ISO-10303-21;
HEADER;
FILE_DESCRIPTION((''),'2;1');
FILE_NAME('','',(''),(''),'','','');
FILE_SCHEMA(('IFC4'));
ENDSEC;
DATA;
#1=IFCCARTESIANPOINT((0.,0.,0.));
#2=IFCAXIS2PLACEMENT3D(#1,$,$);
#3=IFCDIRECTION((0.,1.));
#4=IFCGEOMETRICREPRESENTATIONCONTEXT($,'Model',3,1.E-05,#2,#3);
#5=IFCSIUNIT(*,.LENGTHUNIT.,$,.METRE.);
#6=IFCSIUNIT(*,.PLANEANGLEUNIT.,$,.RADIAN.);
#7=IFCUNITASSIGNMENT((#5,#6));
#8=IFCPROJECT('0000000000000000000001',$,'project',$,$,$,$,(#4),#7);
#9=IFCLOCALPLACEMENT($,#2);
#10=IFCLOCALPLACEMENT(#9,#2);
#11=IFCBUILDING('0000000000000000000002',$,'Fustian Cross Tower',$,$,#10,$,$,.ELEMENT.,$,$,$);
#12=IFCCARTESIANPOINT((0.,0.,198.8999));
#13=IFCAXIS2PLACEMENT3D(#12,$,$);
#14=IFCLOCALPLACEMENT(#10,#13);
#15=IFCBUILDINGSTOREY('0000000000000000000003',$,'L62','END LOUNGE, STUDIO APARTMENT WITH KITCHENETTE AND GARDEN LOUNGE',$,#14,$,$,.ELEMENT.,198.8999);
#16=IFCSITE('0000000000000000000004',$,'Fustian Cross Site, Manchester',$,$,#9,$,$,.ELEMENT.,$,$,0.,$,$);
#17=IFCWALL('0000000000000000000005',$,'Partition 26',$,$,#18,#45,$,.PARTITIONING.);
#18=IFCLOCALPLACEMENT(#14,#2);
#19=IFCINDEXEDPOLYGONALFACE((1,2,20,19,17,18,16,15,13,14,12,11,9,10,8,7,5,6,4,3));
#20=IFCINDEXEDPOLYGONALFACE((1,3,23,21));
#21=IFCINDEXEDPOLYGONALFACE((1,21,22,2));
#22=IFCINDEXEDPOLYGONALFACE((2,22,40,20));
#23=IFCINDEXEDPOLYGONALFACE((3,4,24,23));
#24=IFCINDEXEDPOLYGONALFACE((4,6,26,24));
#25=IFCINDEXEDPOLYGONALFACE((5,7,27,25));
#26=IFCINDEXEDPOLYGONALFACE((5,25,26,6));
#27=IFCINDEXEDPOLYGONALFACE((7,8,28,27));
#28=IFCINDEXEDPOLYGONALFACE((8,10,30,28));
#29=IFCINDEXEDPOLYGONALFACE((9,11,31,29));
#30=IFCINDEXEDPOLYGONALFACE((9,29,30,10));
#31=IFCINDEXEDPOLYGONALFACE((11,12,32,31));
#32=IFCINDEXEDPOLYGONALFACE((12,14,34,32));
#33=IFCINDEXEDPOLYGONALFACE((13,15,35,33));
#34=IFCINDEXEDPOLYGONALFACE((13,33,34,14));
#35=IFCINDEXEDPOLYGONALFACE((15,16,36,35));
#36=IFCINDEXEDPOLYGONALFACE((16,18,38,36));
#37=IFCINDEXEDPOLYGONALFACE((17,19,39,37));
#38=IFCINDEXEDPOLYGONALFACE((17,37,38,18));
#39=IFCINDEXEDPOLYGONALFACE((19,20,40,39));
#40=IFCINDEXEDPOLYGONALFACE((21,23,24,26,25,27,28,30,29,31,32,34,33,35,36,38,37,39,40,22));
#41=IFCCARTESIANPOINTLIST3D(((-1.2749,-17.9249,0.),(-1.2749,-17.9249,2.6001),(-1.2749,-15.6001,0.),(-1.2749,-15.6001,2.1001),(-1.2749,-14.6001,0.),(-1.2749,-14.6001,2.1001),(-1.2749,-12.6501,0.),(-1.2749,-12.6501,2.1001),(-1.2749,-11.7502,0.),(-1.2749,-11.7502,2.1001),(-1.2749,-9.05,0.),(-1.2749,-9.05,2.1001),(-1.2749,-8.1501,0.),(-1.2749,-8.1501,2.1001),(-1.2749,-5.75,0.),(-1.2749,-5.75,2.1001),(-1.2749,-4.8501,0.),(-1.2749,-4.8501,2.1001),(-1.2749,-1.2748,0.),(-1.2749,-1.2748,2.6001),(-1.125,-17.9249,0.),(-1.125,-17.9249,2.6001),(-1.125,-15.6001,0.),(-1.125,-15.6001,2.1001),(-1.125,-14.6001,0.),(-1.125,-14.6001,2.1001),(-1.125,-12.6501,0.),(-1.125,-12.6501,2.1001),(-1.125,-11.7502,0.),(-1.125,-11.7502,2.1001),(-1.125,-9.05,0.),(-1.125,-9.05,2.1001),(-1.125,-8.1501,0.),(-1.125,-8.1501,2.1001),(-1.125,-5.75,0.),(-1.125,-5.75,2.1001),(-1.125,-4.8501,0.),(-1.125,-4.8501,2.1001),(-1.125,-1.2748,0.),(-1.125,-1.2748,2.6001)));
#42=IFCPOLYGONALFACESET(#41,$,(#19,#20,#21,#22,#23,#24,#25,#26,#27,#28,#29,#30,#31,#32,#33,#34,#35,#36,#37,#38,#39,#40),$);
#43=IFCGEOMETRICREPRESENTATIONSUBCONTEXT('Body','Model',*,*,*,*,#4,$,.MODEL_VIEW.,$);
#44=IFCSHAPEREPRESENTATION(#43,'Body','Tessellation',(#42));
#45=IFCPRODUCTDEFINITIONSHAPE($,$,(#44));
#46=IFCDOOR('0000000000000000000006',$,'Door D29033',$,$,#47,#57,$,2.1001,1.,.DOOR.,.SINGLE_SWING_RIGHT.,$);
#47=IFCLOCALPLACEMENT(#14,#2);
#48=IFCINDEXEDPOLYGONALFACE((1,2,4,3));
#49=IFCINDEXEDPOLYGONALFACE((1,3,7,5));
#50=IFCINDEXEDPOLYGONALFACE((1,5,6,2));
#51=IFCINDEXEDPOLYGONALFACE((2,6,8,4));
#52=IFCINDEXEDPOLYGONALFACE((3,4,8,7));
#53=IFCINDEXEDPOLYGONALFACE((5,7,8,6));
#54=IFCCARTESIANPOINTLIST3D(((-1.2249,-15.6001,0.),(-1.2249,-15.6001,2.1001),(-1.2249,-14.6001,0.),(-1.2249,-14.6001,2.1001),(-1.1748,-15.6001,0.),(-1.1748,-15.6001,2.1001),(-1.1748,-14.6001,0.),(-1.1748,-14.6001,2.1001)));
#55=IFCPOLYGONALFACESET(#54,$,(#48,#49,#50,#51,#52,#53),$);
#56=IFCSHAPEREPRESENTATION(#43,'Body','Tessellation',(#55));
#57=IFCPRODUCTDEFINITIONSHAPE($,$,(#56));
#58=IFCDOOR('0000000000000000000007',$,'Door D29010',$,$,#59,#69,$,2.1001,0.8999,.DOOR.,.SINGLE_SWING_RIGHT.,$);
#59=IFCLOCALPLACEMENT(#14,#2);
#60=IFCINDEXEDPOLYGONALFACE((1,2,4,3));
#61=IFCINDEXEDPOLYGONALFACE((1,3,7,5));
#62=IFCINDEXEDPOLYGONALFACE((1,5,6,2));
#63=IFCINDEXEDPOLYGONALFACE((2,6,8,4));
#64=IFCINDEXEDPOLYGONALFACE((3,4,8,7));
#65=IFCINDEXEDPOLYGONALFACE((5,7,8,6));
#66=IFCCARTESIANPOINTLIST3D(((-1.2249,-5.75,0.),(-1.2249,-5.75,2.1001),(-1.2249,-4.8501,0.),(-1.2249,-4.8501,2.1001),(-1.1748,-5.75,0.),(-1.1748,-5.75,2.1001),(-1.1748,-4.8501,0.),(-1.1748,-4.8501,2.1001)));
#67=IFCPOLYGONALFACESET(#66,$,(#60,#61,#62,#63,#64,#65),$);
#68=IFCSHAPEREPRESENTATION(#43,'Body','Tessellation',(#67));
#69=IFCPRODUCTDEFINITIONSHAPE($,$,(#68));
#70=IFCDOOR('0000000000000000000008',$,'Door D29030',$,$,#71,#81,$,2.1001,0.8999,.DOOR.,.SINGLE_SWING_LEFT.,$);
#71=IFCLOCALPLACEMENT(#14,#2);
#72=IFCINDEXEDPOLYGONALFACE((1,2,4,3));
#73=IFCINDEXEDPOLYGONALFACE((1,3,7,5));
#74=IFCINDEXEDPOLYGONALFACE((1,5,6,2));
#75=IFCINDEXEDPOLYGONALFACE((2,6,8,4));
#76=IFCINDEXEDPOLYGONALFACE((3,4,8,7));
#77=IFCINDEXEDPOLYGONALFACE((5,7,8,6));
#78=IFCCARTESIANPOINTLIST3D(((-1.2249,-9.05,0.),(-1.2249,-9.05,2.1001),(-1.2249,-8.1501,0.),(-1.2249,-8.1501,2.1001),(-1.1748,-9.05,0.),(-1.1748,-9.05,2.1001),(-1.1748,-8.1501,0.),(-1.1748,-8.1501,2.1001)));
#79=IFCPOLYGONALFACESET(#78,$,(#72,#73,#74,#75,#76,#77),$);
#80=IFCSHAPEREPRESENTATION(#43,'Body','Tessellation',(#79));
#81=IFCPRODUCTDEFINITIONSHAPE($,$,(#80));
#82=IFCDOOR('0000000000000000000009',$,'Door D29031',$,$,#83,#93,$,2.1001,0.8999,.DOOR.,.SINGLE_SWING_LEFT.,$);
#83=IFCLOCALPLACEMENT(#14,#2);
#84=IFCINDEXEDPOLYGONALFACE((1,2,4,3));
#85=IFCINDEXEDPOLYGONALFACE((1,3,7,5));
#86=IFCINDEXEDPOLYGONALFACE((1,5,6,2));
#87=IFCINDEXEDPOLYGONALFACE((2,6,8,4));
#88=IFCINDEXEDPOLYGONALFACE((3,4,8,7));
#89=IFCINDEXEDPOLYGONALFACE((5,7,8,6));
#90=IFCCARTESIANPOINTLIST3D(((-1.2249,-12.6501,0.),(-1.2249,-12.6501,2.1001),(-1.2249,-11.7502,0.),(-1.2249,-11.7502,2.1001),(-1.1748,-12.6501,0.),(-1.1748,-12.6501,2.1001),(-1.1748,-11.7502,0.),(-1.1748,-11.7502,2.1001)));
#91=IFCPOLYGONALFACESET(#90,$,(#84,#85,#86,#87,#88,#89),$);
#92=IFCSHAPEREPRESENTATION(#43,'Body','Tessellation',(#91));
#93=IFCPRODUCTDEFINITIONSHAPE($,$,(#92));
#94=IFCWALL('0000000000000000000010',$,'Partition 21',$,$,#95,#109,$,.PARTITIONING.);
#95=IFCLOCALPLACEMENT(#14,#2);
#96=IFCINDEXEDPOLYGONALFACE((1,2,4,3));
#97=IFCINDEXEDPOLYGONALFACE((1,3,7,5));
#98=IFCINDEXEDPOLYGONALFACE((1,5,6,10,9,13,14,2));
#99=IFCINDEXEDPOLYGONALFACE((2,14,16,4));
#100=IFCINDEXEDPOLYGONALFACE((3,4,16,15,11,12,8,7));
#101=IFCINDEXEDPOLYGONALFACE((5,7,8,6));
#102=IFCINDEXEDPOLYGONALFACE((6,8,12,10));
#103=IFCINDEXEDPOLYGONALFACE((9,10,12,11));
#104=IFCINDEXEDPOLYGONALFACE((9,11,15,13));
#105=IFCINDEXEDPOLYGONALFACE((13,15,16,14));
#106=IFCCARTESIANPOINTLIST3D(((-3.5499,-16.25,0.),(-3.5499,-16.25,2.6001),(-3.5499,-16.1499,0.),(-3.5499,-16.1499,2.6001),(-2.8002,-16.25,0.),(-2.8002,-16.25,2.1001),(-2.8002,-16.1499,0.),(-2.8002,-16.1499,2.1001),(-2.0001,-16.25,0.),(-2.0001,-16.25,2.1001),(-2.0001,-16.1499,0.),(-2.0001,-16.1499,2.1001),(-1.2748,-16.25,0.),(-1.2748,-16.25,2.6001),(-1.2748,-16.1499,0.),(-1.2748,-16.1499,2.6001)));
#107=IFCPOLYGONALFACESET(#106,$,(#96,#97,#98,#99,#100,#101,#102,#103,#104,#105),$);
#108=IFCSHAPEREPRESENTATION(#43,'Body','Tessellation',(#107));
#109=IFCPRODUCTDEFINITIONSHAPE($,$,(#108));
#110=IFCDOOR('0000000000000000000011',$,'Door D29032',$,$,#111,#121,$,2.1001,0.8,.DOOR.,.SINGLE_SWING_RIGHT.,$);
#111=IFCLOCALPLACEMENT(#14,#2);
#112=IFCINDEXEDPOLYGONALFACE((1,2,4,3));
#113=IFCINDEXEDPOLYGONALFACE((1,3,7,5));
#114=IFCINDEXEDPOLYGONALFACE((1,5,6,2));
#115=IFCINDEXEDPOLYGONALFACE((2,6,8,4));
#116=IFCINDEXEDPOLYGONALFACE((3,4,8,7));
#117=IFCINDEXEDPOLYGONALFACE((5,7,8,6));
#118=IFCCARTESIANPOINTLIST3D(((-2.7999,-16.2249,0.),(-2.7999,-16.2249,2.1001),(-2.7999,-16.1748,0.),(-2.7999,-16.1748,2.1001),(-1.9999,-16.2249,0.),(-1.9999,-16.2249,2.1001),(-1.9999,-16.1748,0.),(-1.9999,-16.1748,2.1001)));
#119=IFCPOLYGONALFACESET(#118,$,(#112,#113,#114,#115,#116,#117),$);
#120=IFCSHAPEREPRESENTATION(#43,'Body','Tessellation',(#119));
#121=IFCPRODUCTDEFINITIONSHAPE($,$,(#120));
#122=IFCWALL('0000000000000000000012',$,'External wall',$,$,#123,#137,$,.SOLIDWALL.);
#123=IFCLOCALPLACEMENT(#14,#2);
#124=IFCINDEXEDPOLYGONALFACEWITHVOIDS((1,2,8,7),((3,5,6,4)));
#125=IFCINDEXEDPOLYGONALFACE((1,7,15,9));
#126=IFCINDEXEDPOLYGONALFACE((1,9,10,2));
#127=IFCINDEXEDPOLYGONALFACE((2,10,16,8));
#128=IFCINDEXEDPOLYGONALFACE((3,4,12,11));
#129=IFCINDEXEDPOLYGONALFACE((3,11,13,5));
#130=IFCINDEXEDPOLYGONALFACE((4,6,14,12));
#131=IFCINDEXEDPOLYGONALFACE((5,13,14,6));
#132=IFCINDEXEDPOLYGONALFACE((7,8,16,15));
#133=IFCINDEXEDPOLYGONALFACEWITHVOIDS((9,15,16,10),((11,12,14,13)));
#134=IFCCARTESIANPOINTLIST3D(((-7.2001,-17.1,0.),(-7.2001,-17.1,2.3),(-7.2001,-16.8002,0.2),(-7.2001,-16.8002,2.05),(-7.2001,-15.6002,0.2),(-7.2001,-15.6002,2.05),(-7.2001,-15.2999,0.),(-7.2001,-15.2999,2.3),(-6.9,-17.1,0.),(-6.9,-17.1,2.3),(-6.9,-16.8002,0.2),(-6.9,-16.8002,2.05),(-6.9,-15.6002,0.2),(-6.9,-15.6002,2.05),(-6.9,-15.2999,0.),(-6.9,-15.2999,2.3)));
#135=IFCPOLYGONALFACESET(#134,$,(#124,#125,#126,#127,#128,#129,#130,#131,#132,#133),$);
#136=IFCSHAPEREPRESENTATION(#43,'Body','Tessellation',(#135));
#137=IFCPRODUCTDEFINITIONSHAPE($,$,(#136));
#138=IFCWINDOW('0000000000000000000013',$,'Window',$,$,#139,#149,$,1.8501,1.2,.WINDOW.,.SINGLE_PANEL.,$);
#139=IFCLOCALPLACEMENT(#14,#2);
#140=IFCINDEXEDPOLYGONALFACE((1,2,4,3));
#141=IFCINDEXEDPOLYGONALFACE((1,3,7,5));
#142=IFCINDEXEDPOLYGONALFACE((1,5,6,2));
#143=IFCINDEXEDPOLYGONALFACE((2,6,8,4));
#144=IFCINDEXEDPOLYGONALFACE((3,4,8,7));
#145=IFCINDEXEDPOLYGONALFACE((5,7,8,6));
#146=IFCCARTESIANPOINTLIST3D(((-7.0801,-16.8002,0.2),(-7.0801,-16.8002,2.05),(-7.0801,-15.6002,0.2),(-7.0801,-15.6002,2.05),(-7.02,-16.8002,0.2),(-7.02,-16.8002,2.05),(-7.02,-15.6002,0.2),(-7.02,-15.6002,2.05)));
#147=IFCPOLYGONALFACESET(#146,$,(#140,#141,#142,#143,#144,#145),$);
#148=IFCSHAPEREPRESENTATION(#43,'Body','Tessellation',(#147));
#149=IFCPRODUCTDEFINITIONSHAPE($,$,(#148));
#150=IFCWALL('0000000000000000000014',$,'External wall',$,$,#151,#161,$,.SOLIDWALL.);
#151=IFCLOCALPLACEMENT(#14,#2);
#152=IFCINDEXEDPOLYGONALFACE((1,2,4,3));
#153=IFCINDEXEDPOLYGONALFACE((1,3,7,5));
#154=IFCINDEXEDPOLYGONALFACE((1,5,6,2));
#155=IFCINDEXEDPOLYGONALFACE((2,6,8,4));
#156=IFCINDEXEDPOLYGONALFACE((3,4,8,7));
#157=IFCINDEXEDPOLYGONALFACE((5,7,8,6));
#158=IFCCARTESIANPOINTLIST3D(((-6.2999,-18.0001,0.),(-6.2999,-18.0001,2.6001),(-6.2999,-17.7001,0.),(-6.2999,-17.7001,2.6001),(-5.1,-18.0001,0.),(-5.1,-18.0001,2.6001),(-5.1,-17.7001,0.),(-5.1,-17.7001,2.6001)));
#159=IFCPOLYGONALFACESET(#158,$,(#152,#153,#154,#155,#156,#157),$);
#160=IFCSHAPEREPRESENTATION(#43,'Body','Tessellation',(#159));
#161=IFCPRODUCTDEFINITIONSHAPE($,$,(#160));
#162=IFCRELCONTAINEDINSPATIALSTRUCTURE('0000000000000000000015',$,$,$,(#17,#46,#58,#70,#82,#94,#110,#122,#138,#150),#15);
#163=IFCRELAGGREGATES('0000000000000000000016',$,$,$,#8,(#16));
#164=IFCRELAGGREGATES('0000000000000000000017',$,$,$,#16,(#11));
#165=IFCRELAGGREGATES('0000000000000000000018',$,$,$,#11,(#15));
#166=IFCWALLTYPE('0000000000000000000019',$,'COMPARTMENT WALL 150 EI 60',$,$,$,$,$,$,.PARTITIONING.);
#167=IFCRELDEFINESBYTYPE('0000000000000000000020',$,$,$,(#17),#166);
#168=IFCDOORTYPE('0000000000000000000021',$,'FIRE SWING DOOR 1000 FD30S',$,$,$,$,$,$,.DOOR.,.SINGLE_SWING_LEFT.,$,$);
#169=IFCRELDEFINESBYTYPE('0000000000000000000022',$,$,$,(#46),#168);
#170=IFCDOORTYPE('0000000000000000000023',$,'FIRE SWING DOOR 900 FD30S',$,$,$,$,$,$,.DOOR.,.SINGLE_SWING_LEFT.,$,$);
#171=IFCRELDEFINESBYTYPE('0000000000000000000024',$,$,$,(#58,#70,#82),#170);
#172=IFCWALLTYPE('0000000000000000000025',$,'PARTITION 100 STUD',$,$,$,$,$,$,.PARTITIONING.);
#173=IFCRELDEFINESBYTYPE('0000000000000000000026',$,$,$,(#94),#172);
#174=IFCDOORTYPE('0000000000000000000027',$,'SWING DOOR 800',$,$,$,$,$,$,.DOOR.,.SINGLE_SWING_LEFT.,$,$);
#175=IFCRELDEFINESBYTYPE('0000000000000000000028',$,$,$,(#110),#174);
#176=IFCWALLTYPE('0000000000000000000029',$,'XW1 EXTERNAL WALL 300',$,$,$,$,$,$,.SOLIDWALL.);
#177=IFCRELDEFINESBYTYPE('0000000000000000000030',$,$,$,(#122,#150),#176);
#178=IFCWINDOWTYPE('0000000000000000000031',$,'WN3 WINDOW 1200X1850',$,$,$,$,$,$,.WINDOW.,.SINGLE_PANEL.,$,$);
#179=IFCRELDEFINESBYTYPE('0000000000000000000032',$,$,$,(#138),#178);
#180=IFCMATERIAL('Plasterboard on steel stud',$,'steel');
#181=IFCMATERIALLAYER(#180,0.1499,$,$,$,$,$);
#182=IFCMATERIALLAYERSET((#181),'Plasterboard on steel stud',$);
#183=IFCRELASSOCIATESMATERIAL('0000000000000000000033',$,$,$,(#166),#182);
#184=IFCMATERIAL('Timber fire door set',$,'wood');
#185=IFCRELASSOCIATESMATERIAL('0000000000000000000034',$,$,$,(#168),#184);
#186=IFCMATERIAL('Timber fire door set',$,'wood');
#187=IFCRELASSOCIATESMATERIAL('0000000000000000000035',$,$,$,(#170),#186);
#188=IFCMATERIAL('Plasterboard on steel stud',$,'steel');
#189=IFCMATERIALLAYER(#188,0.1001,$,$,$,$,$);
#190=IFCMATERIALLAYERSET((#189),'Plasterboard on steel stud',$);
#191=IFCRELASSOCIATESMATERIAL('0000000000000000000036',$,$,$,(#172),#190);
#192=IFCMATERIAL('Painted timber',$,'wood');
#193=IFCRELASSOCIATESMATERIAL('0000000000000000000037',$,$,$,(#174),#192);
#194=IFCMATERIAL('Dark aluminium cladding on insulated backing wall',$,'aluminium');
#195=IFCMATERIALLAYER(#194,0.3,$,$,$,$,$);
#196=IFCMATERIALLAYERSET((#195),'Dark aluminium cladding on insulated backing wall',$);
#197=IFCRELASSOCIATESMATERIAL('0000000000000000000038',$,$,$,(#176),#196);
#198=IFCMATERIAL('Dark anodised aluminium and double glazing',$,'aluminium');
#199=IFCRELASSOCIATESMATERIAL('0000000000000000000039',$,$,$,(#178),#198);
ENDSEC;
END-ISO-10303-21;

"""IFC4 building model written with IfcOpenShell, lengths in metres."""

from ifc_helpers import new_model, si_unit, direction, frame, frame_2d, origin, place, context, subcontext, project, spatial, rectangle, extrude, material, layer, layer_set, type_object, element, fill, save


model = new_model("IFC4")

# Units and contexts
model_context = context("Model", 3, precision=1e-05, world=origin(), true_north=direction((0.0, 1.0)))
body_context = subcontext(model_context, "Body", "Model", "MODEL_VIEW")
ifc_project = project(units=[si_unit("LENGTHUNIT", "METRE"), si_unit("PLANEANGLEUNIT", "RADIAN")], contexts=[model_context])

# Site, building, storey
site_placement = place(None, origin())
site = spatial("IfcSite", under=ifc_project, at=site_placement, Name="Fustian Cross Site, Manchester", CompositionType="ELEMENT", RefElevation=0.0)
building_placement = place(site_placement, origin())
building = spatial("IfcBuilding", under=site, at=building_placement, Name="Fustian Cross Tower", CompositionType="ELEMENT")
storey_placement = place(building_placement, frame((0.0, 0.0, 198.8999)))
storey = spatial("IfcBuildingStorey", under=building, at=storey_placement, Name="L62", Description="END LOUNGE, STUDIO APARTMENT WITH KITCHENETTE AND GARDEN LOUNGE", CompositionType="ELEMENT", Elevation=198.8999)

# Wall, openings, doors
ifc_material_1 = material(Name="Plasterboard on steel stud", Category="steel")
ifc_layer_1 = layer(ifc_material_1, 0.1499)
ifc_layer_set_1 = layer_set([ifc_layer_1], Name="Plasterboard on steel stud")
wall_type_1 = type_object("IfcWallType", Name="COMPARTMENT WALL 150 EI 60", PredefinedType="PARTITIONING", material=ifc_layer_set_1)
wall_1_placement = place(storey_placement, frame((-1.2, -17.925, 0.0), z_axis=(0.0, 0.0, 1.0), x_axis=(0.0, 1.0, 0.0)))
wall_1 = element("IfcWall", 1, at=wall_1_placement, inside=storey, type_object=wall_type_1, Name="Partition 26", PredefinedType="PARTITIONING", context=body_context, shape_type="SweptSolid", body=[
    extrude(rectangle(XDim=16.6501, YDim=0.1499, at=frame_2d((8.3252, 0.0))), origin(), (0.0, 0.0, 1.0), 2.6001),
])
opening_1_placement = place(wall_1_placement, frame((12.175, 0.0, 0.0)))
opening_1 = element("IfcOpeningElement", 2, at=opening_1_placement, cuts=wall_1, PredefinedType="OPENING", context=body_context, shape_type="SweptSolid", body=[
    extrude(rectangle(XDim=0.8999, YDim=2.1001, at=frame_2d((0.45, 1.05))), frame((0.0, 0.085, 0.0), z_axis=(0.0, -1.0, 0.0), x_axis=(1.0, 0.0, 0.0)), (0.0, 0.0, 1.0), 0.1699),
])
opening_2_placement = place(wall_1_placement, frame((8.875, 0.0, 0.0)))
opening_2 = element("IfcOpeningElement", 3, at=opening_2_placement, cuts=wall_1, PredefinedType="OPENING", context=body_context, shape_type="SweptSolid", body=[
    extrude(rectangle(XDim=0.8999, YDim=2.1001, at=frame_2d((0.45, 1.05))), frame((0.0, 0.085, 0.0), z_axis=(0.0, -1.0, 0.0), x_axis=(1.0, 0.0, 0.0)), (0.0, 0.0, 1.0), 0.1699),
])
opening_3_placement = place(wall_1_placement, frame((5.2749, 0.0, 0.0)))
opening_3 = element("IfcOpeningElement", 4, at=opening_3_placement, cuts=wall_1, PredefinedType="OPENING", context=body_context, shape_type="SweptSolid", body=[
    extrude(rectangle(XDim=0.8999, YDim=2.1001, at=frame_2d((0.45, 1.05))), frame((0.0, 0.085, 0.0), z_axis=(0.0, -1.0, 0.0), x_axis=(1.0, 0.0, 0.0)), (0.0, 0.0, 1.0), 0.1699),
])
opening_4_placement = place(wall_1_placement, frame((2.325, 0.0, 0.0)))
opening_4 = element("IfcOpeningElement", 5, at=opening_4_placement, cuts=wall_1, PredefinedType="OPENING", context=body_context, shape_type="SweptSolid", body=[
    extrude(rectangle(XDim=1.0, YDim=2.1001, at=frame_2d((0.5, 1.05))), frame((0.0, 0.085, 0.0), z_axis=(0.0, -1.0, 0.0), x_axis=(1.0, 0.0, 0.0)), (0.0, 0.0, 1.0), 0.1699),
])
ifc_material_2 = material(Name="Timber fire door set", Category="wood")
door_type_1 = type_object("IfcDoorType", Name="FIRE SWING DOOR 1000 FD30S", OperationType="SINGLE_SWING_LEFT", PredefinedType="DOOR", material=ifc_material_2)
door_1_placement = place(opening_4_placement, origin())
door_1 = element("IfcDoor", 6, at=door_1_placement, inside=storey, type_object=door_type_1, Name="Door D29033", OperationType="SINGLE_SWING_RIGHT", OverallHeight=2.1001, OverallWidth=1.0, PredefinedType="DOOR", context=body_context, shape_type="SweptSolid", body=[
    extrude(rectangle(XDim=1.0, YDim=2.1001, at=frame_2d((0.5, 1.05))), frame((0.0, 0.0249, 0.0), z_axis=(0.0, -1.0, 0.0), x_axis=(1.0, 0.0, 0.0)), (0.0, 0.0, 1.0), 0.05),
])
fill(opening_4, door_1)
ifc_material_3 = material(Name="Timber fire door set", Category="wood")
door_type_2 = type_object("IfcDoorType", Name="FIRE SWING DOOR 900 FD30S", OperationType="SINGLE_SWING_LEFT", PredefinedType="DOOR", material=ifc_material_3)
door_2_placement = place(opening_1_placement, origin())
door_2 = element("IfcDoor", 7, at=door_2_placement, inside=storey, type_object=door_type_2, Name="Door D29010", OperationType="SINGLE_SWING_RIGHT", OverallHeight=2.1001, OverallWidth=0.8999, PredefinedType="DOOR", context=body_context, shape_type="SweptSolid", body=[
    extrude(rectangle(XDim=0.8999, YDim=2.1001, at=frame_2d((0.45, 1.05))), frame((0.0, 0.0249, 0.0), z_axis=(0.0, -1.0, 0.0), x_axis=(1.0, 0.0, 0.0)), (0.0, 0.0, 1.0), 0.05),
])
fill(opening_1, door_2)
door_3_placement = place(opening_2_placement, origin())
door_3 = element("IfcDoor", 8, at=door_3_placement, inside=storey, type_object=door_type_2, Name="Door D29030", OperationType="SINGLE_SWING_LEFT", OverallHeight=2.1001, OverallWidth=0.8999, PredefinedType="DOOR", context=body_context, shape_type="SweptSolid", body=[
    extrude(rectangle(XDim=0.8999, YDim=2.1001, at=frame_2d((0.45, 1.05))), frame((0.0, 0.0249, 0.0), z_axis=(0.0, -1.0, 0.0), x_axis=(1.0, 0.0, 0.0)), (0.0, 0.0, 1.0), 0.05),
])
fill(opening_2, door_3)
door_4_placement = place(opening_3_placement, origin())
door_4 = element("IfcDoor", 9, at=door_4_placement, inside=storey, type_object=door_type_2, Name="Door D29031", OperationType="SINGLE_SWING_LEFT", OverallHeight=2.1001, OverallWidth=0.8999, PredefinedType="DOOR", context=body_context, shape_type="SweptSolid", body=[
    extrude(rectangle(XDim=0.8999, YDim=2.1001, at=frame_2d((0.45, 1.05))), frame((0.0, 0.0249, 0.0), z_axis=(0.0, -1.0, 0.0), x_axis=(1.0, 0.0, 0.0)), (0.0, 0.0, 1.0), 0.05),
])
fill(opening_3, door_4)

# Wall, opening, door
ifc_material_4 = material(Name="Plasterboard on steel stud", Category="steel")
ifc_layer_2 = layer(ifc_material_4, 0.1001)
ifc_layer_set_2 = layer_set([ifc_layer_2], Name="Plasterboard on steel stud")
wall_type_2 = type_object("IfcWallType", Name="PARTITION 100 STUD", PredefinedType="PARTITIONING", material=ifc_layer_set_2)
wall_2_placement = place(storey_placement, frame((-3.55, -16.2, 0.0), z_axis=(0.0, 0.0, 1.0), x_axis=(1.0, 0.0, 0.0)))
wall_2 = element("IfcWall", 10, at=wall_2_placement, inside=storey, type_object=wall_type_2, Name="Partition 21", PredefinedType="PARTITIONING", context=body_context, shape_type="SweptSolid", body=[
    extrude(rectangle(XDim=2.2751, YDim=0.1001, at=frame_2d((1.1377, 0.0))), origin(), (0.0, 0.0, 1.0), 2.6001),
])
opening_5_placement = place(wall_2_placement, frame((0.75, 0.0, 0.0)))
opening_5 = element("IfcOpeningElement", 11, at=opening_5_placement, cuts=wall_2, PredefinedType="OPENING", context=body_context, shape_type="SweptSolid", body=[
    extrude(rectangle(XDim=0.8, YDim=2.1001, at=frame_2d((0.3999, 1.05))), frame((0.0, 0.0601, 0.0), z_axis=(0.0, -1.0, 0.0), x_axis=(1.0, 0.0, 0.0)), (0.0, 0.0, 1.0), 0.1201),
])
ifc_material_5 = material(Name="Painted timber", Category="wood")
door_type_3 = type_object("IfcDoorType", Name="SWING DOOR 800", OperationType="SINGLE_SWING_LEFT", PredefinedType="DOOR", material=ifc_material_5)
door_5_placement = place(opening_5_placement, frame((0.8, 0.0, 0.0), z_axis=(0.0, 0.0, 1.0), x_axis=(-1.0, 0.0, 0.0)))
door_5 = element("IfcDoor", 12, at=door_5_placement, inside=storey, type_object=door_type_3, Name="Door D29032", OperationType="SINGLE_SWING_RIGHT", OverallHeight=2.1001, OverallWidth=0.8, PredefinedType="DOOR", context=body_context, shape_type="SweptSolid", body=[
    extrude(rectangle(XDim=0.8, YDim=2.1001, at=frame_2d((0.3999, 1.05))), frame((0.0, 0.0249, 0.0), z_axis=(0.0, -1.0, 0.0), x_axis=(1.0, 0.0, 0.0)), (0.0, 0.0, 1.0), 0.05),
])
fill(opening_5, door_5)

# Wall, opening, window
ifc_material_6 = material(Name="Dark aluminium cladding on insulated backing wall", Category="aluminium")
ifc_layer_3 = layer(ifc_material_6, 0.3)
ifc_layer_set_3 = layer_set([ifc_layer_3], Name="Dark aluminium cladding on insulated backing wall")
wall_type_3 = type_object("IfcWallType", Name="XW1 EXTERNAL WALL 300", PredefinedType="SOLIDWALL", material=ifc_layer_set_3)
wall_3_placement = place(storey_placement, frame((-7.05, -15.3, 0.0), z_axis=(0.0, 0.0, 1.0), x_axis=(0.0, -1.0, 0.0)))
wall_3 = element("IfcWall", 13, at=wall_3_placement, inside=storey, type_object=wall_type_3, Name="External wall", PredefinedType="SOLIDWALL", context=body_context, shape_type="SweptSolid", body=[
    extrude(rectangle(XDim=1.8, YDim=0.3, at=frame_2d((0.8999, 0.0))), origin(), (0.0, 0.0, 1.0), 2.3),
])
opening_6_placement = place(wall_3_placement, frame((0.3, 0.0, 0.2)))
opening_6 = element("IfcOpeningElement", 14, at=opening_6_placement, cuts=wall_3, PredefinedType="OPENING", context=body_context, shape_type="SweptSolid", body=[
    extrude(rectangle(XDim=1.2, YDim=1.8501, at=frame_2d((0.6001, 0.925))), frame((0.0, 0.1599, 0.0), z_axis=(0.0, -1.0, 0.0), x_axis=(1.0, 0.0, 0.0)), (0.0, 0.0, 1.0), 0.3201),
])
ifc_material_7 = material(Name="Dark anodised aluminium and double glazing", Category="aluminium")
window_type = type_object("IfcWindowType", Name="WN3 WINDOW 1200X1850", PartitioningType="SINGLE_PANEL", PredefinedType="WINDOW", material=ifc_material_7)
window_placement = place(opening_6_placement, origin())
window = element("IfcWindow", 15, at=window_placement, inside=storey, type_object=window_type, Name="Window", OverallHeight=1.8501, OverallWidth=1.2, PartitioningType="SINGLE_PANEL", PredefinedType="WINDOW", context=body_context, shape_type="SweptSolid", body=[
    extrude(rectangle(XDim=1.2, YDim=1.8501, at=frame_2d((0.6001, 0.925))), frame((0.0, 0.03, 0.0), z_axis=(0.0, -1.0, 0.0), x_axis=(1.0, 0.0, 0.0)), (0.0, 0.0, 1.0), 0.0601),
])
fill(opening_6, window)

# Wall
wall_4_placement = place(storey_placement, frame((-6.3, -17.8501, 0.0), z_axis=(0.0, 0.0, 1.0), x_axis=(1.0, 0.0, 0.0)))
element("IfcWall", 16, at=wall_4_placement, inside=storey, type_object=wall_type_3, Name="External wall", PredefinedType="SOLIDWALL", context=body_context, shape_type="SweptSolid", body=[
    extrude(rectangle(XDim=1.2, YDim=0.3, at=frame_2d((0.6001, 0.0))), origin(), (0.0, 0.0, 1.0), 2.6001),
])

save(model, "model.ifc")
